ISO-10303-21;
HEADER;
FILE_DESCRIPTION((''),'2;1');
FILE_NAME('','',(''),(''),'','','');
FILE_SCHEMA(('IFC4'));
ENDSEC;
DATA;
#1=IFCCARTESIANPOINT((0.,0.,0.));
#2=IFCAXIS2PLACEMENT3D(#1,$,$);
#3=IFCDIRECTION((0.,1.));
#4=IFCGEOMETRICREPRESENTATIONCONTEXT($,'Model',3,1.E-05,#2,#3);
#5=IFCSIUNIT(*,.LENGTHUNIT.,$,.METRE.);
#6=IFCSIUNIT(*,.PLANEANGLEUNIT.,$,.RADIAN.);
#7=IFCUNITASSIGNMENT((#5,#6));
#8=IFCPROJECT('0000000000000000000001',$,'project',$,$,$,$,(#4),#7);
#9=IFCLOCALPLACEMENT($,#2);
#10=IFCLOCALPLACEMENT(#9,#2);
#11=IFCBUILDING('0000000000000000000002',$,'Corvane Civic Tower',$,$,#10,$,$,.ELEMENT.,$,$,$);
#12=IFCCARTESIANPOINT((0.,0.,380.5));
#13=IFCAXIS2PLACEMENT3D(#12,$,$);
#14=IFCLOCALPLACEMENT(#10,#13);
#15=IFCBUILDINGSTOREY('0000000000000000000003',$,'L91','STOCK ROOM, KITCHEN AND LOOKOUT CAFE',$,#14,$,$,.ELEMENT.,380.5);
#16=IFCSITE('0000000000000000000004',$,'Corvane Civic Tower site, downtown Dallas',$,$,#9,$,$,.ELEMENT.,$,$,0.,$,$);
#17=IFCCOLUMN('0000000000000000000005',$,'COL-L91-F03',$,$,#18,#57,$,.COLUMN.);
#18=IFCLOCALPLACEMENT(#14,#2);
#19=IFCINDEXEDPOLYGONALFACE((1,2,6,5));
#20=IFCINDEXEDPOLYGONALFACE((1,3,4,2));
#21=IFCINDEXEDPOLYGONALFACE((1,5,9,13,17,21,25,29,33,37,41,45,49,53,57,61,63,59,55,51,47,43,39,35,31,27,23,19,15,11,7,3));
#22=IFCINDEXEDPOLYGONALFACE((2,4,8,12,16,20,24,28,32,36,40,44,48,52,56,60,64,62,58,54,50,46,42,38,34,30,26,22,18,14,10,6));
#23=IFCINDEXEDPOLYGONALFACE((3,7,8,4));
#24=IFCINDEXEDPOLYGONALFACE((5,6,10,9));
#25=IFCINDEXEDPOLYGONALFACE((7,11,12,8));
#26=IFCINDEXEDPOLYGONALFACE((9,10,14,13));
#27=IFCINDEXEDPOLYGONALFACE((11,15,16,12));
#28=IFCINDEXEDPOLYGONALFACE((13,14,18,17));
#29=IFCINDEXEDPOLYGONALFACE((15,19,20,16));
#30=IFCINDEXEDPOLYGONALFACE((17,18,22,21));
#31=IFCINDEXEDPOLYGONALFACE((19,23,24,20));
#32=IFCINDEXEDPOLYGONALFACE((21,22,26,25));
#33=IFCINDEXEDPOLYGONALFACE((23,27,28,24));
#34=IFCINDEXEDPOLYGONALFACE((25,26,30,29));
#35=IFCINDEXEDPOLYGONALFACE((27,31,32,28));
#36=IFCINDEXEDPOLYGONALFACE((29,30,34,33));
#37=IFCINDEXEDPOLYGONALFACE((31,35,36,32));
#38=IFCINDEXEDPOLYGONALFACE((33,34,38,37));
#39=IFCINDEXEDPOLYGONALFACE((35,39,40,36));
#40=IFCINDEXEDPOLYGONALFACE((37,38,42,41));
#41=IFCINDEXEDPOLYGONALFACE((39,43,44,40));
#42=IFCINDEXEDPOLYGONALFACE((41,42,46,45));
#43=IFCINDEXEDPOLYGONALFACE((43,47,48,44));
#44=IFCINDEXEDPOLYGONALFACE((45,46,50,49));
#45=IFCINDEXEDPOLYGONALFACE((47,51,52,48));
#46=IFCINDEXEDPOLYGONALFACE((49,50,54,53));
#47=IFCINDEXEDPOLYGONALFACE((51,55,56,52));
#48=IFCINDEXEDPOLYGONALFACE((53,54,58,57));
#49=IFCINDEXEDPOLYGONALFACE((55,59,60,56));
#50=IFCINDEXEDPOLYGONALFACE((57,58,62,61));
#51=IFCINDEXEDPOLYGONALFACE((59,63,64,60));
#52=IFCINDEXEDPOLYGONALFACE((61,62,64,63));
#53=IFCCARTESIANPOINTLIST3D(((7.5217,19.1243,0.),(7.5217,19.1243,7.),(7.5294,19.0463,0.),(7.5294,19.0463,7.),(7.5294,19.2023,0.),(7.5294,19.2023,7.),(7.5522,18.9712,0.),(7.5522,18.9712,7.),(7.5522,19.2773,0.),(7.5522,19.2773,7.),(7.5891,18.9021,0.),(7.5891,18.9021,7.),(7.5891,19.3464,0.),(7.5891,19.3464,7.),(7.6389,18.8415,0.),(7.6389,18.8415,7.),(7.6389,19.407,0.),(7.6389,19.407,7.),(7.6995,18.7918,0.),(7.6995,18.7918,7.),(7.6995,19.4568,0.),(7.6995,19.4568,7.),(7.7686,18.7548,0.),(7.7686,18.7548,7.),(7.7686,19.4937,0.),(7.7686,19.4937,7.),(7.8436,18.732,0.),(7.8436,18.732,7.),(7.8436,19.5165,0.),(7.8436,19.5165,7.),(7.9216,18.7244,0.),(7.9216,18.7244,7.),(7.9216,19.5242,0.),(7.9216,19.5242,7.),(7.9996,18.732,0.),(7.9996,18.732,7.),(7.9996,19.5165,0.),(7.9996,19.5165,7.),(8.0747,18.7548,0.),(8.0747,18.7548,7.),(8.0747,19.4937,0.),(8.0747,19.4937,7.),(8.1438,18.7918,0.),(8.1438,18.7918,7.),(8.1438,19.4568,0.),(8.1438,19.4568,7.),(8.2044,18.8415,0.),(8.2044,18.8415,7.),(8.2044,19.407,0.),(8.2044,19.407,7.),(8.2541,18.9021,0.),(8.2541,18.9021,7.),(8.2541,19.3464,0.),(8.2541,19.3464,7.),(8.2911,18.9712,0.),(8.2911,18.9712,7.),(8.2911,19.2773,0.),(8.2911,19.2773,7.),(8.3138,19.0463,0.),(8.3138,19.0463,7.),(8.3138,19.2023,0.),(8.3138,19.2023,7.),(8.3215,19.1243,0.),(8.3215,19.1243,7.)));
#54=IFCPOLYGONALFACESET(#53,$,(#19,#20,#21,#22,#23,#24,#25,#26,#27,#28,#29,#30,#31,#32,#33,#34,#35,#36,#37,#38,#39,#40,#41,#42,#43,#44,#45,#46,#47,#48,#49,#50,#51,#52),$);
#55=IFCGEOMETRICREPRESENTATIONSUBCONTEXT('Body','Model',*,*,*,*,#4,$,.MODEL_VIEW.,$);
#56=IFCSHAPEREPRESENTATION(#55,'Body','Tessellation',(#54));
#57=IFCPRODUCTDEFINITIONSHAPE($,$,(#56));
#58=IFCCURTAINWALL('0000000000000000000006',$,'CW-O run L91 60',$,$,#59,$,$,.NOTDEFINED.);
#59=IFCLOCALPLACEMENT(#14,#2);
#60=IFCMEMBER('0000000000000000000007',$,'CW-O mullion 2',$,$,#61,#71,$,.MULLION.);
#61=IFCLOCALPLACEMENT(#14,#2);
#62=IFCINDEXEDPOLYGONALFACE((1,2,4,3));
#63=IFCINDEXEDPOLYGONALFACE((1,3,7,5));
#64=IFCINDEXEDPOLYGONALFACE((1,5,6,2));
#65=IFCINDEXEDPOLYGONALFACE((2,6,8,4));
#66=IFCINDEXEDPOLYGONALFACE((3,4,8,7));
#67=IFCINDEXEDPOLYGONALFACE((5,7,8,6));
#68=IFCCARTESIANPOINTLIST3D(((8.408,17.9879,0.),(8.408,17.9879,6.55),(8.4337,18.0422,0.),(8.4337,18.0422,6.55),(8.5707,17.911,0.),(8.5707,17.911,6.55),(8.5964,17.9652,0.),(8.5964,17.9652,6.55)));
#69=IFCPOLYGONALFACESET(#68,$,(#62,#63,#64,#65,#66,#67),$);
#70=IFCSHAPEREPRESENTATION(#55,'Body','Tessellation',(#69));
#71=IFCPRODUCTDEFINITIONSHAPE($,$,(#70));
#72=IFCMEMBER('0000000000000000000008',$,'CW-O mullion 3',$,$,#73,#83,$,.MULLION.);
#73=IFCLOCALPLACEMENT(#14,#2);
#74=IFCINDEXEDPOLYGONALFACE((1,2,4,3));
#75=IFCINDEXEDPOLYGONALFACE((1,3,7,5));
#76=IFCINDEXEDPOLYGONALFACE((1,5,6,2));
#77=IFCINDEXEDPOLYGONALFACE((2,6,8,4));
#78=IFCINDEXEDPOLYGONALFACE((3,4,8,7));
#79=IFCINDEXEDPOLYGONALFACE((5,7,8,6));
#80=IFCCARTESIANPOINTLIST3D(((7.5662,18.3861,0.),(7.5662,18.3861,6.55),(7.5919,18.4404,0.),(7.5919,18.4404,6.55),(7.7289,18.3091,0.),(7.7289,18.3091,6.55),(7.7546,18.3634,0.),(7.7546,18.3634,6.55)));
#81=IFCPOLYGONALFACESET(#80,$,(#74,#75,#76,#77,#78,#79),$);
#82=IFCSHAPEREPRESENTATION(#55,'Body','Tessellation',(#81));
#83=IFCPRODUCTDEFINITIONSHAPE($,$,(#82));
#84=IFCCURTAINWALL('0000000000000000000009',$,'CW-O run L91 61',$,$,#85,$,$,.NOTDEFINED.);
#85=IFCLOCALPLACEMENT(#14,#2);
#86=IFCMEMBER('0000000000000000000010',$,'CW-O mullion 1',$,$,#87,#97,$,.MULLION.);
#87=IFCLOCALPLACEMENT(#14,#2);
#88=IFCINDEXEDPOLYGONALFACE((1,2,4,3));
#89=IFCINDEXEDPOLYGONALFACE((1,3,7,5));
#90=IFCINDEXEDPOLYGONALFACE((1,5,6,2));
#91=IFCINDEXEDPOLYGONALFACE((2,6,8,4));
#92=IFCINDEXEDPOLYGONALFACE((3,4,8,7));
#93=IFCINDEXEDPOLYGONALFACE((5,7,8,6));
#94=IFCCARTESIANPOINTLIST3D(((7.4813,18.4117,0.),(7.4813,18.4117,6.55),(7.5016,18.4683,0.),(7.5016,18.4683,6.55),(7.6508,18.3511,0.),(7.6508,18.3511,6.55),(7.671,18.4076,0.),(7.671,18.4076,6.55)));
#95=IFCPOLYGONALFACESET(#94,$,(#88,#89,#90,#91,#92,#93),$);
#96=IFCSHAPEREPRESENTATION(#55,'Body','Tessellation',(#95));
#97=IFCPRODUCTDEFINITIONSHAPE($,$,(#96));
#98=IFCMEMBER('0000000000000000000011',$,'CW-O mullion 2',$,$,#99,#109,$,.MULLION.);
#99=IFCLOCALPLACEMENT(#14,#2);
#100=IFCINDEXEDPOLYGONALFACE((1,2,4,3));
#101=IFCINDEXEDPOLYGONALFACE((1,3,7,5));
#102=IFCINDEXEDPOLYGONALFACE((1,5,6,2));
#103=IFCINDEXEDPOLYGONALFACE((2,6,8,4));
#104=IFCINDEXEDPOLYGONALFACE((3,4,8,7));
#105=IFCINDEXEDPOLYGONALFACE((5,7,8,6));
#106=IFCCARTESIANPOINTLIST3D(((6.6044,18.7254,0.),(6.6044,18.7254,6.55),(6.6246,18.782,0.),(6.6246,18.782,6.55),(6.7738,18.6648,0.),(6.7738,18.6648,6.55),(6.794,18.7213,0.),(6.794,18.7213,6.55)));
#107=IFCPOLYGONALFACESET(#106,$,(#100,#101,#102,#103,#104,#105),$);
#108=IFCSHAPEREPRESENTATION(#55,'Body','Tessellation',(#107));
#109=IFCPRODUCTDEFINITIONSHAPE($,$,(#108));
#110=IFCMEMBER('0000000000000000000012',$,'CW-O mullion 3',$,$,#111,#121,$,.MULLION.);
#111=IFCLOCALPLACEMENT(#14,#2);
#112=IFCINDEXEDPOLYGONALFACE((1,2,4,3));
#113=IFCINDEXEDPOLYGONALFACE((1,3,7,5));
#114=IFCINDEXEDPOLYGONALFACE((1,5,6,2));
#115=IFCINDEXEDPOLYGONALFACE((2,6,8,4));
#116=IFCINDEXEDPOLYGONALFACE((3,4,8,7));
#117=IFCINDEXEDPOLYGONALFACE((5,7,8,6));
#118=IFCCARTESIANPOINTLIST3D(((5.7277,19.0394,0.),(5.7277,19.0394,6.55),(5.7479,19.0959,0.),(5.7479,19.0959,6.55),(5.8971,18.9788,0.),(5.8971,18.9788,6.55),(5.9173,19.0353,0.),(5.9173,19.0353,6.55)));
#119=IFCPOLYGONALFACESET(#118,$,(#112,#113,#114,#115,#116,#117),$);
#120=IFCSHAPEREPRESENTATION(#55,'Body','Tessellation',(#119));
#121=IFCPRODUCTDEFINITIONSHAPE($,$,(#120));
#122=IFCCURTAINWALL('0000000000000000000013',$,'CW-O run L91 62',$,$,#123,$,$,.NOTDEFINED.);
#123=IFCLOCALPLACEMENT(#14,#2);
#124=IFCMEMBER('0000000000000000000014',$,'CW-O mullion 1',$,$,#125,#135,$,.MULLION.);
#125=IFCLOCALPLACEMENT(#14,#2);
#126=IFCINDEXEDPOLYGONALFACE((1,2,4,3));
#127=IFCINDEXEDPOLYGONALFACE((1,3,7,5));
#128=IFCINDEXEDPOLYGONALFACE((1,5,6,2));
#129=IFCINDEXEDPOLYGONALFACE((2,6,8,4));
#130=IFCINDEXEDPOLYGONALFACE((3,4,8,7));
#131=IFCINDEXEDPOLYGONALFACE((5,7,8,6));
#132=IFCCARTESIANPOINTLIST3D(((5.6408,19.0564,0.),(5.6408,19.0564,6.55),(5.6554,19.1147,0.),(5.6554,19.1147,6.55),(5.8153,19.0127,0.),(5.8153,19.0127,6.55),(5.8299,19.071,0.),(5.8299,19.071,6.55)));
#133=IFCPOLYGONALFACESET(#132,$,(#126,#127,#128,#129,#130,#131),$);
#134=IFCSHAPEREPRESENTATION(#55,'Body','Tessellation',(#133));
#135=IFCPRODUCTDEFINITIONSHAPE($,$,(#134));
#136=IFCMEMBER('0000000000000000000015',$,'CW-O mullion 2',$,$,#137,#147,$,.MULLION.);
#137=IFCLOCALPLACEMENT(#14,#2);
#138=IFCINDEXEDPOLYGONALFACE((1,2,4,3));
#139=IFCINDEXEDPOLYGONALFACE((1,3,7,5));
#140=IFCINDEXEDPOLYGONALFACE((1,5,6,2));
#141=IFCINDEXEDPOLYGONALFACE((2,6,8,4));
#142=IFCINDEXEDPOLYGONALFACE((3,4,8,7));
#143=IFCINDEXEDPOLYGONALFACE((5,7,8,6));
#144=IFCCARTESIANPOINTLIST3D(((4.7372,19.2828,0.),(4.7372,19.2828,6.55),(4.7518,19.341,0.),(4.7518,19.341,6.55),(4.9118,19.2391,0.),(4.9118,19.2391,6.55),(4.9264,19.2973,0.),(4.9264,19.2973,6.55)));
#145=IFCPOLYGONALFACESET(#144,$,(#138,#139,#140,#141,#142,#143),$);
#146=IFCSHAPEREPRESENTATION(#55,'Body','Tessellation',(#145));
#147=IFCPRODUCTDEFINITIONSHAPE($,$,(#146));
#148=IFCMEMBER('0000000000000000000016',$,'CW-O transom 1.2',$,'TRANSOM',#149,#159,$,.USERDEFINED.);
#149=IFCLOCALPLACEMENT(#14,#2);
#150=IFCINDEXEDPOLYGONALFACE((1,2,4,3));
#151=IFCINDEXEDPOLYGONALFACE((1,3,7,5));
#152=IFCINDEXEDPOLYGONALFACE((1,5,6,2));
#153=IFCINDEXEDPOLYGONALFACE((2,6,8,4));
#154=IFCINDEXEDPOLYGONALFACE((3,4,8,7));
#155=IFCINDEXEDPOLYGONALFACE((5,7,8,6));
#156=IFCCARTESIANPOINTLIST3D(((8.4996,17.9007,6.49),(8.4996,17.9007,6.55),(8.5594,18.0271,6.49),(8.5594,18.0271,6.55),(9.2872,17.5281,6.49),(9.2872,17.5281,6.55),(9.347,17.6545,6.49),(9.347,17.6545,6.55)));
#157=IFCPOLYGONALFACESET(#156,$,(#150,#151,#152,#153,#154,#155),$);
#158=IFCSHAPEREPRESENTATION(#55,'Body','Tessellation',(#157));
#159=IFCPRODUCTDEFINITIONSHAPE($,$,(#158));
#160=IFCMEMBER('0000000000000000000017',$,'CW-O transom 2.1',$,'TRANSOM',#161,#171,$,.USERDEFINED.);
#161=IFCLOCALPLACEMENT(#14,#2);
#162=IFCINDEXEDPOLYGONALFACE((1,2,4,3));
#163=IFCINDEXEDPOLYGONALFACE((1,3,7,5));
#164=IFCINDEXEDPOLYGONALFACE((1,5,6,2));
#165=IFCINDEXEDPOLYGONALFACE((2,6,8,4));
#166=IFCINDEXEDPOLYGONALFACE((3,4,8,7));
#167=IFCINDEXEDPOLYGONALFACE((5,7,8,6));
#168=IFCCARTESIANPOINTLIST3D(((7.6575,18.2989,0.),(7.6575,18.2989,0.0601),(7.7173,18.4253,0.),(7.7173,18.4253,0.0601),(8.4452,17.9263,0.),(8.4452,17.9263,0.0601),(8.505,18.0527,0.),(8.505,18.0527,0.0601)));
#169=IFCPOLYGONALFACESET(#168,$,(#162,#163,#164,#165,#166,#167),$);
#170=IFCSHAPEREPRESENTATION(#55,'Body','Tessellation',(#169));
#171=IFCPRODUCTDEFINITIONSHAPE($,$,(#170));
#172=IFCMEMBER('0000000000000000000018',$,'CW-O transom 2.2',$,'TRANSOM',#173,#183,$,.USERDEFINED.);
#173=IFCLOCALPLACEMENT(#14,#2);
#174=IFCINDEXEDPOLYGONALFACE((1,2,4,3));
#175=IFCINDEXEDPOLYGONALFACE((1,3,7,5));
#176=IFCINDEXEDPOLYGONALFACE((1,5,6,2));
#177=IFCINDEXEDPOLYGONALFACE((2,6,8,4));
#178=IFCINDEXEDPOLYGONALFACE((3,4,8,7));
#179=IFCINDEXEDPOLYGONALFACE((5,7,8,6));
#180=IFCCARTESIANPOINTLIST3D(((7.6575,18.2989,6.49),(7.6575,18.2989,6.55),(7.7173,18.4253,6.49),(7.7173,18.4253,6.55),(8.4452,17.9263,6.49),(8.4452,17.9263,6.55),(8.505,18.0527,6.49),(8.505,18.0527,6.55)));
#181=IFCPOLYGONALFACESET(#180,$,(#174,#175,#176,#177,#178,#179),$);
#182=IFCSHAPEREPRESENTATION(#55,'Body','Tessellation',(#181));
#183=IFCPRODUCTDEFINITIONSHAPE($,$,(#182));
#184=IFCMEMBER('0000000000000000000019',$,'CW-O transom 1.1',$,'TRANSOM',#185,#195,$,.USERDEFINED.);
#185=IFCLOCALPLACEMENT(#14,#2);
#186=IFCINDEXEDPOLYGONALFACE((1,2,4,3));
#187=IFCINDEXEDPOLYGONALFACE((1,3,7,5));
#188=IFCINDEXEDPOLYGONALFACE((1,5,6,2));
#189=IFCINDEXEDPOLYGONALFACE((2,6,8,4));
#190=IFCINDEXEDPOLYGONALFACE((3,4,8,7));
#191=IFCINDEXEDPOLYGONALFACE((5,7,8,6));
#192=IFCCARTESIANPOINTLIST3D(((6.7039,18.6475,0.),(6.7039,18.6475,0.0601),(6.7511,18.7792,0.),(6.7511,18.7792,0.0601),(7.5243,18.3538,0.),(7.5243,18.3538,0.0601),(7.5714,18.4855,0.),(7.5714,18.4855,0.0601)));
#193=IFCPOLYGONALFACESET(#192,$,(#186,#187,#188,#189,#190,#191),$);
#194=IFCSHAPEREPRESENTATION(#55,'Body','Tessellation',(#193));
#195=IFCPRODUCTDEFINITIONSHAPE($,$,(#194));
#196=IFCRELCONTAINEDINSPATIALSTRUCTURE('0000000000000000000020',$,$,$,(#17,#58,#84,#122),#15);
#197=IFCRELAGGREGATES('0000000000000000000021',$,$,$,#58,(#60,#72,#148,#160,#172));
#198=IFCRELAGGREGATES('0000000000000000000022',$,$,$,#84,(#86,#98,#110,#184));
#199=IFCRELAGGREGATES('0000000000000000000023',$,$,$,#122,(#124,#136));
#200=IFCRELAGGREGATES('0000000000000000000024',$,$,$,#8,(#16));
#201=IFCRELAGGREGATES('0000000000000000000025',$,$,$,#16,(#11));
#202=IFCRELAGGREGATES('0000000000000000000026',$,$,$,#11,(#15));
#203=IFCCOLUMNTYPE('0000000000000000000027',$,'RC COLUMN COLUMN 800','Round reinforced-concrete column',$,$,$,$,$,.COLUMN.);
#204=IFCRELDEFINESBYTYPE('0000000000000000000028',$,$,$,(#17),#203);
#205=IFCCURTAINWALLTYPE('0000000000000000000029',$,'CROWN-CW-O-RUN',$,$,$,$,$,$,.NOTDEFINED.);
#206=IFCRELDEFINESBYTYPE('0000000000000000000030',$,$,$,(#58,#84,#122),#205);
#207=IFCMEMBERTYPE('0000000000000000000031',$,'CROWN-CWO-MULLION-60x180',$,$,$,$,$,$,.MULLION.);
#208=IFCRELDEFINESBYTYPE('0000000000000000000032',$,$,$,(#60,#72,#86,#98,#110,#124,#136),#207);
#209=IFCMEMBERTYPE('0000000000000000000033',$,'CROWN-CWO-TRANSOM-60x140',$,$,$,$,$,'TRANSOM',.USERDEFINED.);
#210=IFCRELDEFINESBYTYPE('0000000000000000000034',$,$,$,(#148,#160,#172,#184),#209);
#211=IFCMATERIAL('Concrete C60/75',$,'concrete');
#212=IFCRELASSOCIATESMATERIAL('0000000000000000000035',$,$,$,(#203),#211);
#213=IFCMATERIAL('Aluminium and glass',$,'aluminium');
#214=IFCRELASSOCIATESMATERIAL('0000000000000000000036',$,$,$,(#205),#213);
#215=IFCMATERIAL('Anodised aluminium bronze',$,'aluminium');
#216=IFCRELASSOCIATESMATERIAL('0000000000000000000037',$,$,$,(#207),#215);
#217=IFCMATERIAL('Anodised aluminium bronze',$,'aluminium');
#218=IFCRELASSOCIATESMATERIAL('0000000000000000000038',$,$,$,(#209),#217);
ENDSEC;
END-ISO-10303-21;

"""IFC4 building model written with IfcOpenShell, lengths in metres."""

from ifc_helpers import new_model, si_unit, direction, frame, origin, origin_2d, place, context, subcontext, project, spatial, rectangle, circle, extrude, material, material_profile, profile_set, type_object, element, aggregate, save


model = new_model("IFC4")

# Units and contexts
model_context = context("Model", 3, precision=1e-05, world=origin(), true_north=direction((0.0, 1.0)))
body_context = subcontext(model_context, "Body", "Model", "MODEL_VIEW")
ifc_project = project(units=[si_unit("LENGTHUNIT", "METRE"), si_unit("PLANEANGLEUNIT", "RADIAN")], contexts=[model_context])

# Site, building, storey
site_placement = place(None, origin())
site = spatial("IfcSite", under=ifc_project, at=site_placement, Name="Corvane Civic Tower site, downtown Dallas", CompositionType="ELEMENT", RefElevation=0.0)
building_placement = place(site_placement, origin())
building = spatial("IfcBuilding", under=site, at=building_placement, Name="Corvane Civic Tower", CompositionType="ELEMENT")
storey_placement = place(building_placement, frame((0.0, 0.0, 380.5)))
storey = spatial("IfcBuildingStorey", under=building, at=storey_placement, Name="L91", Description="STOCK ROOM, KITCHEN AND LOOKOUT CAFE", CompositionType="ELEMENT", Elevation=380.5)

# Column
ifc_material_1 = material(Name="Concrete C60/75", Category="concrete")
ifc_material_profile_1 = material_profile(ifc_material_1, circle(Radius=0.3999, at=origin_2d()), Name="COLUMN 800")
ifc_profile_set_1 = profile_set([ifc_material_profile_1], Name="Concrete C60/75")
column_type = type_object("IfcColumnType", Name="RC COLUMN COLUMN 800", Description="Round reinforced-concrete column", PredefinedType="COLUMN", material=ifc_profile_set_1)
column_placement = place(storey_placement, frame((7.9216, 19.1243, 0.0), z_axis=(0.0, 0.0, 1.0), x_axis=(1.0, 0.0, 0.0)))
element("IfcColumn", 1, at=column_placement, inside=storey, type_object=column_type, Name="COL-L91-F03", PredefinedType="COLUMN", context=body_context, shape_type="SweptSolid", body=[
    extrude(circle(Radius=0.3999, at=origin_2d()), origin(), (0.0, 0.0, 1.0), 7.0),
])

# Curtain walls, members
ifc_material_2 = material(Name="Aluminium and glass", Category="aluminium")
curtain_wall_type = type_object("IfcCurtainWallType", Name="CROWN-CW-O-RUN", PredefinedType="NOTDEFINED", material=ifc_material_2)
curtain_wall_1_placement = place(storey_placement, origin())
curtain_wall_1 = element("IfcCurtainWall", 2, at=curtain_wall_1_placement, inside=storey, type_object=curtain_wall_type, Name="CW-O run L91 60", PredefinedType="NOTDEFINED")
ifc_material_3 = material(Name="Anodised aluminium bronze", Category="aluminium")
ifc_material_profile_2 = material_profile(ifc_material_3, rectangle(XDim=0.0601, YDim=0.1799, at=origin_2d()), Name="AL 60x180")
ifc_profile_set_2 = profile_set([ifc_material_profile_2], Name="Anodised aluminium bronze")
member_type_1 = type_object("IfcMemberType", Name="CROWN-CWO-MULLION-60x180", PredefinedType="MULLION", material=ifc_profile_set_2)
member_1_placement = place(storey_placement, frame((8.5022, 17.9766, 0.0), z_axis=(0.0, 0.0, 1.0), x_axis=(-0.427509, -0.904011, 0.0)))
member_1 = element("IfcMember", 3, at=member_1_placement, type_object=member_type_1, Name="CW-O mullion 2", PredefinedType="MULLION", context=body_context, shape_type="SweptSolid", body=[
    extrude(rectangle(XDim=0.0601, YDim=0.1799, at=origin_2d()), origin(), (0.0, 0.0, 1.0), 6.55),
])
member_2_placement = place(storey_placement, frame((7.6604, 18.3748, 0.0), z_axis=(0.0, 0.0, 1.0), x_axis=(-0.427509, -0.904011, 0.0)))
member_2 = element("IfcMember", 4, at=member_2_placement, type_object=member_type_1, Name="CW-O mullion 3", PredefinedType="MULLION", context=body_context, shape_type="SweptSolid", body=[
    extrude(rectangle(XDim=0.0601, YDim=0.1799, at=origin_2d()), origin(), (0.0, 0.0, 1.0), 6.55),
])
curtain_wall_2_placement = place(storey_placement, origin())
curtain_wall_2 = element("IfcCurtainWall", 5, at=curtain_wall_2_placement, inside=storey, type_object=curtain_wall_type, Name="CW-O run L91 61", PredefinedType="NOTDEFINED")
member_3_placement = place(storey_placement, frame((7.5762, 18.4097, 0.0), z_axis=(0.0, 0.0, 1.0), x_axis=(-0.336982, -0.941511, 0.0)))
member_3 = element("IfcMember", 6, at=member_3_placement, type_object=member_type_1, Name="CW-O mullion 1", PredefinedType="MULLION", context=body_context, shape_type="SweptSolid", body=[
    extrude(rectangle(XDim=0.0601, YDim=0.1799, at=origin_2d()), origin(), (0.0, 0.0, 1.0), 6.55),
])
member_4_placement = place(storey_placement, frame((6.6992, 18.7234, 0.0), z_axis=(0.0, 0.0, 1.0), x_axis=(-0.336982, -0.941511, 0.0)))
member_4 = element("IfcMember", 7, at=member_4_placement, type_object=member_type_1, Name="CW-O mullion 2", PredefinedType="MULLION", context=body_context, shape_type="SweptSolid", body=[
    extrude(rectangle(XDim=0.0601, YDim=0.1799, at=origin_2d()), origin(), (0.0, 0.0, 1.0), 6.55),
])
member_5_placement = place(storey_placement, frame((5.8225, 19.0374, 0.0), z_axis=(0.0, 0.0, 1.0), x_axis=(-0.336982, -0.941511, 0.0)))
member_5 = element("IfcMember", 8, at=member_5_placement, type_object=member_type_1, Name="CW-O mullion 3", PredefinedType="MULLION", context=body_context, shape_type="SweptSolid", body=[
    extrude(rectangle(XDim=0.0601, YDim=0.1799, at=origin_2d()), origin(), (0.0, 0.0, 1.0), 6.55),
])
curtain_wall_3_placement = place(storey_placement, origin())
curtain_wall_3 = element("IfcCurtainWall", 9, at=curtain_wall_3_placement, inside=storey, type_object=curtain_wall_type, Name="CW-O run L91 62", PredefinedType="NOTDEFINED")
member_6_placement = place(storey_placement, frame((5.7354, 19.0637, 0.0), z_axis=(0.0, 0.0, 1.0), x_axis=(-0.242952, -0.970038, 0.0)))
member_6 = element("IfcMember", 10, at=member_6_placement, type_object=member_type_1, Name="CW-O mullion 1", PredefinedType="MULLION", context=body_context, shape_type="SweptSolid", body=[
    extrude(rectangle(XDim=0.0601, YDim=0.1799, at=origin_2d()), origin(), (0.0, 0.0, 1.0), 6.55),
])
member_7_placement = place(storey_placement, frame((4.8318, 19.29, 0.0), z_axis=(0.0, 0.0, 1.0), x_axis=(-0.242952, -0.970038, 0.0)))
member_7 = element("IfcMember", 11, at=member_7_placement, type_object=member_type_1, Name="CW-O mullion 2", PredefinedType="MULLION", context=body_context, shape_type="SweptSolid", body=[
    extrude(rectangle(XDim=0.0601, YDim=0.1799, at=origin_2d()), origin(), (0.0, 0.0, 1.0), 6.55),
])

# Members
ifc_material_4 = material(Name="Anodised aluminium bronze", Category="aluminium")
ifc_material_profile_3 = material_profile(ifc_material_4, rectangle(XDim=0.1399, YDim=0.0601, at=origin_2d()), Name="AL 140x60")
ifc_profile_set_3 = profile_set([ifc_material_profile_3], Name="Anodised aluminium bronze")
member_type_2 = type_object("IfcMemberType", Name="CROWN-CWO-TRANSOM-60x140", ElementType="TRANSOM", PredefinedType="USERDEFINED", material=ifc_profile_set_3)
member_8_placement = place(storey_placement, frame((9.3171, 17.5913, 6.52), z_axis=(-0.903966, 0.427604, 0.0), x_axis=(-0.427604, -0.903966, 0.0)))
member_8 = element("IfcMember", 12, at=member_8_placement, type_object=member_type_2, Name="CW-O transom 1.2", ObjectType="TRANSOM", PredefinedType="USERDEFINED", context=body_context, shape_type="SweptSolid", body=[
    extrude(rectangle(XDim=0.1399, YDim=0.0601, at=origin_2d()), origin(), (0.0, 0.0, 1.0), 0.8713),
])
member_9_placement = place(storey_placement, frame((8.4751, 17.9895, 0.03), z_axis=(-0.903966, 0.427604, 0.0), x_axis=(-0.427604, -0.903966, 0.0)))
member_9 = element("IfcMember", 13, at=member_9_placement, type_object=member_type_2, Name="CW-O transom 2.1", ObjectType="TRANSOM", PredefinedType="USERDEFINED", context=body_context, shape_type="SweptSolid", body=[
    extrude(rectangle(XDim=0.1399, YDim=0.0601, at=origin_2d()), origin(), (0.0, 0.0, 1.0), 0.8713),
])
member_10_placement = place(storey_placement, frame((8.4751, 17.9895, 6.52), z_axis=(-0.903966, 0.427604, 0.0), x_axis=(-0.427604, -0.903966, 0.0)))
member_10 = element("IfcMember", 14, at=member_10_placement, type_object=member_type_2, Name="CW-O transom 2.2", ObjectType="TRANSOM", PredefinedType="USERDEFINED", context=body_context, shape_type="SweptSolid", body=[
    extrude(rectangle(XDim=0.1399, YDim=0.0601, at=origin_2d()), origin(), (0.0, 0.0, 1.0), 0.8713),
])
member_11_placement = place(storey_placement, frame((7.5479, 18.4197, 0.03), z_axis=(-0.941475, 0.337082, 0.0), x_axis=(-0.337082, -0.941475, 0.0)))
member_11 = element("IfcMember", 15, at=member_11_placement, type_object=member_type_2, Name="CW-O transom 1.1", ObjectType="TRANSOM", PredefinedType="USERDEFINED", context=body_context, shape_type="SweptSolid", body=[
    extrude(rectangle(XDim=0.1399, YDim=0.0601, at=origin_2d()), origin(), (0.0, 0.0, 1.0), 0.8713),
])

aggregate(curtain_wall_1, [member_1, member_2, member_8, member_9, member_10])
aggregate(curtain_wall_2, [member_3, member_4, member_5, member_11])
aggregate(curtain_wall_3, [member_6, member_7])

save(model, "model.ifc")
